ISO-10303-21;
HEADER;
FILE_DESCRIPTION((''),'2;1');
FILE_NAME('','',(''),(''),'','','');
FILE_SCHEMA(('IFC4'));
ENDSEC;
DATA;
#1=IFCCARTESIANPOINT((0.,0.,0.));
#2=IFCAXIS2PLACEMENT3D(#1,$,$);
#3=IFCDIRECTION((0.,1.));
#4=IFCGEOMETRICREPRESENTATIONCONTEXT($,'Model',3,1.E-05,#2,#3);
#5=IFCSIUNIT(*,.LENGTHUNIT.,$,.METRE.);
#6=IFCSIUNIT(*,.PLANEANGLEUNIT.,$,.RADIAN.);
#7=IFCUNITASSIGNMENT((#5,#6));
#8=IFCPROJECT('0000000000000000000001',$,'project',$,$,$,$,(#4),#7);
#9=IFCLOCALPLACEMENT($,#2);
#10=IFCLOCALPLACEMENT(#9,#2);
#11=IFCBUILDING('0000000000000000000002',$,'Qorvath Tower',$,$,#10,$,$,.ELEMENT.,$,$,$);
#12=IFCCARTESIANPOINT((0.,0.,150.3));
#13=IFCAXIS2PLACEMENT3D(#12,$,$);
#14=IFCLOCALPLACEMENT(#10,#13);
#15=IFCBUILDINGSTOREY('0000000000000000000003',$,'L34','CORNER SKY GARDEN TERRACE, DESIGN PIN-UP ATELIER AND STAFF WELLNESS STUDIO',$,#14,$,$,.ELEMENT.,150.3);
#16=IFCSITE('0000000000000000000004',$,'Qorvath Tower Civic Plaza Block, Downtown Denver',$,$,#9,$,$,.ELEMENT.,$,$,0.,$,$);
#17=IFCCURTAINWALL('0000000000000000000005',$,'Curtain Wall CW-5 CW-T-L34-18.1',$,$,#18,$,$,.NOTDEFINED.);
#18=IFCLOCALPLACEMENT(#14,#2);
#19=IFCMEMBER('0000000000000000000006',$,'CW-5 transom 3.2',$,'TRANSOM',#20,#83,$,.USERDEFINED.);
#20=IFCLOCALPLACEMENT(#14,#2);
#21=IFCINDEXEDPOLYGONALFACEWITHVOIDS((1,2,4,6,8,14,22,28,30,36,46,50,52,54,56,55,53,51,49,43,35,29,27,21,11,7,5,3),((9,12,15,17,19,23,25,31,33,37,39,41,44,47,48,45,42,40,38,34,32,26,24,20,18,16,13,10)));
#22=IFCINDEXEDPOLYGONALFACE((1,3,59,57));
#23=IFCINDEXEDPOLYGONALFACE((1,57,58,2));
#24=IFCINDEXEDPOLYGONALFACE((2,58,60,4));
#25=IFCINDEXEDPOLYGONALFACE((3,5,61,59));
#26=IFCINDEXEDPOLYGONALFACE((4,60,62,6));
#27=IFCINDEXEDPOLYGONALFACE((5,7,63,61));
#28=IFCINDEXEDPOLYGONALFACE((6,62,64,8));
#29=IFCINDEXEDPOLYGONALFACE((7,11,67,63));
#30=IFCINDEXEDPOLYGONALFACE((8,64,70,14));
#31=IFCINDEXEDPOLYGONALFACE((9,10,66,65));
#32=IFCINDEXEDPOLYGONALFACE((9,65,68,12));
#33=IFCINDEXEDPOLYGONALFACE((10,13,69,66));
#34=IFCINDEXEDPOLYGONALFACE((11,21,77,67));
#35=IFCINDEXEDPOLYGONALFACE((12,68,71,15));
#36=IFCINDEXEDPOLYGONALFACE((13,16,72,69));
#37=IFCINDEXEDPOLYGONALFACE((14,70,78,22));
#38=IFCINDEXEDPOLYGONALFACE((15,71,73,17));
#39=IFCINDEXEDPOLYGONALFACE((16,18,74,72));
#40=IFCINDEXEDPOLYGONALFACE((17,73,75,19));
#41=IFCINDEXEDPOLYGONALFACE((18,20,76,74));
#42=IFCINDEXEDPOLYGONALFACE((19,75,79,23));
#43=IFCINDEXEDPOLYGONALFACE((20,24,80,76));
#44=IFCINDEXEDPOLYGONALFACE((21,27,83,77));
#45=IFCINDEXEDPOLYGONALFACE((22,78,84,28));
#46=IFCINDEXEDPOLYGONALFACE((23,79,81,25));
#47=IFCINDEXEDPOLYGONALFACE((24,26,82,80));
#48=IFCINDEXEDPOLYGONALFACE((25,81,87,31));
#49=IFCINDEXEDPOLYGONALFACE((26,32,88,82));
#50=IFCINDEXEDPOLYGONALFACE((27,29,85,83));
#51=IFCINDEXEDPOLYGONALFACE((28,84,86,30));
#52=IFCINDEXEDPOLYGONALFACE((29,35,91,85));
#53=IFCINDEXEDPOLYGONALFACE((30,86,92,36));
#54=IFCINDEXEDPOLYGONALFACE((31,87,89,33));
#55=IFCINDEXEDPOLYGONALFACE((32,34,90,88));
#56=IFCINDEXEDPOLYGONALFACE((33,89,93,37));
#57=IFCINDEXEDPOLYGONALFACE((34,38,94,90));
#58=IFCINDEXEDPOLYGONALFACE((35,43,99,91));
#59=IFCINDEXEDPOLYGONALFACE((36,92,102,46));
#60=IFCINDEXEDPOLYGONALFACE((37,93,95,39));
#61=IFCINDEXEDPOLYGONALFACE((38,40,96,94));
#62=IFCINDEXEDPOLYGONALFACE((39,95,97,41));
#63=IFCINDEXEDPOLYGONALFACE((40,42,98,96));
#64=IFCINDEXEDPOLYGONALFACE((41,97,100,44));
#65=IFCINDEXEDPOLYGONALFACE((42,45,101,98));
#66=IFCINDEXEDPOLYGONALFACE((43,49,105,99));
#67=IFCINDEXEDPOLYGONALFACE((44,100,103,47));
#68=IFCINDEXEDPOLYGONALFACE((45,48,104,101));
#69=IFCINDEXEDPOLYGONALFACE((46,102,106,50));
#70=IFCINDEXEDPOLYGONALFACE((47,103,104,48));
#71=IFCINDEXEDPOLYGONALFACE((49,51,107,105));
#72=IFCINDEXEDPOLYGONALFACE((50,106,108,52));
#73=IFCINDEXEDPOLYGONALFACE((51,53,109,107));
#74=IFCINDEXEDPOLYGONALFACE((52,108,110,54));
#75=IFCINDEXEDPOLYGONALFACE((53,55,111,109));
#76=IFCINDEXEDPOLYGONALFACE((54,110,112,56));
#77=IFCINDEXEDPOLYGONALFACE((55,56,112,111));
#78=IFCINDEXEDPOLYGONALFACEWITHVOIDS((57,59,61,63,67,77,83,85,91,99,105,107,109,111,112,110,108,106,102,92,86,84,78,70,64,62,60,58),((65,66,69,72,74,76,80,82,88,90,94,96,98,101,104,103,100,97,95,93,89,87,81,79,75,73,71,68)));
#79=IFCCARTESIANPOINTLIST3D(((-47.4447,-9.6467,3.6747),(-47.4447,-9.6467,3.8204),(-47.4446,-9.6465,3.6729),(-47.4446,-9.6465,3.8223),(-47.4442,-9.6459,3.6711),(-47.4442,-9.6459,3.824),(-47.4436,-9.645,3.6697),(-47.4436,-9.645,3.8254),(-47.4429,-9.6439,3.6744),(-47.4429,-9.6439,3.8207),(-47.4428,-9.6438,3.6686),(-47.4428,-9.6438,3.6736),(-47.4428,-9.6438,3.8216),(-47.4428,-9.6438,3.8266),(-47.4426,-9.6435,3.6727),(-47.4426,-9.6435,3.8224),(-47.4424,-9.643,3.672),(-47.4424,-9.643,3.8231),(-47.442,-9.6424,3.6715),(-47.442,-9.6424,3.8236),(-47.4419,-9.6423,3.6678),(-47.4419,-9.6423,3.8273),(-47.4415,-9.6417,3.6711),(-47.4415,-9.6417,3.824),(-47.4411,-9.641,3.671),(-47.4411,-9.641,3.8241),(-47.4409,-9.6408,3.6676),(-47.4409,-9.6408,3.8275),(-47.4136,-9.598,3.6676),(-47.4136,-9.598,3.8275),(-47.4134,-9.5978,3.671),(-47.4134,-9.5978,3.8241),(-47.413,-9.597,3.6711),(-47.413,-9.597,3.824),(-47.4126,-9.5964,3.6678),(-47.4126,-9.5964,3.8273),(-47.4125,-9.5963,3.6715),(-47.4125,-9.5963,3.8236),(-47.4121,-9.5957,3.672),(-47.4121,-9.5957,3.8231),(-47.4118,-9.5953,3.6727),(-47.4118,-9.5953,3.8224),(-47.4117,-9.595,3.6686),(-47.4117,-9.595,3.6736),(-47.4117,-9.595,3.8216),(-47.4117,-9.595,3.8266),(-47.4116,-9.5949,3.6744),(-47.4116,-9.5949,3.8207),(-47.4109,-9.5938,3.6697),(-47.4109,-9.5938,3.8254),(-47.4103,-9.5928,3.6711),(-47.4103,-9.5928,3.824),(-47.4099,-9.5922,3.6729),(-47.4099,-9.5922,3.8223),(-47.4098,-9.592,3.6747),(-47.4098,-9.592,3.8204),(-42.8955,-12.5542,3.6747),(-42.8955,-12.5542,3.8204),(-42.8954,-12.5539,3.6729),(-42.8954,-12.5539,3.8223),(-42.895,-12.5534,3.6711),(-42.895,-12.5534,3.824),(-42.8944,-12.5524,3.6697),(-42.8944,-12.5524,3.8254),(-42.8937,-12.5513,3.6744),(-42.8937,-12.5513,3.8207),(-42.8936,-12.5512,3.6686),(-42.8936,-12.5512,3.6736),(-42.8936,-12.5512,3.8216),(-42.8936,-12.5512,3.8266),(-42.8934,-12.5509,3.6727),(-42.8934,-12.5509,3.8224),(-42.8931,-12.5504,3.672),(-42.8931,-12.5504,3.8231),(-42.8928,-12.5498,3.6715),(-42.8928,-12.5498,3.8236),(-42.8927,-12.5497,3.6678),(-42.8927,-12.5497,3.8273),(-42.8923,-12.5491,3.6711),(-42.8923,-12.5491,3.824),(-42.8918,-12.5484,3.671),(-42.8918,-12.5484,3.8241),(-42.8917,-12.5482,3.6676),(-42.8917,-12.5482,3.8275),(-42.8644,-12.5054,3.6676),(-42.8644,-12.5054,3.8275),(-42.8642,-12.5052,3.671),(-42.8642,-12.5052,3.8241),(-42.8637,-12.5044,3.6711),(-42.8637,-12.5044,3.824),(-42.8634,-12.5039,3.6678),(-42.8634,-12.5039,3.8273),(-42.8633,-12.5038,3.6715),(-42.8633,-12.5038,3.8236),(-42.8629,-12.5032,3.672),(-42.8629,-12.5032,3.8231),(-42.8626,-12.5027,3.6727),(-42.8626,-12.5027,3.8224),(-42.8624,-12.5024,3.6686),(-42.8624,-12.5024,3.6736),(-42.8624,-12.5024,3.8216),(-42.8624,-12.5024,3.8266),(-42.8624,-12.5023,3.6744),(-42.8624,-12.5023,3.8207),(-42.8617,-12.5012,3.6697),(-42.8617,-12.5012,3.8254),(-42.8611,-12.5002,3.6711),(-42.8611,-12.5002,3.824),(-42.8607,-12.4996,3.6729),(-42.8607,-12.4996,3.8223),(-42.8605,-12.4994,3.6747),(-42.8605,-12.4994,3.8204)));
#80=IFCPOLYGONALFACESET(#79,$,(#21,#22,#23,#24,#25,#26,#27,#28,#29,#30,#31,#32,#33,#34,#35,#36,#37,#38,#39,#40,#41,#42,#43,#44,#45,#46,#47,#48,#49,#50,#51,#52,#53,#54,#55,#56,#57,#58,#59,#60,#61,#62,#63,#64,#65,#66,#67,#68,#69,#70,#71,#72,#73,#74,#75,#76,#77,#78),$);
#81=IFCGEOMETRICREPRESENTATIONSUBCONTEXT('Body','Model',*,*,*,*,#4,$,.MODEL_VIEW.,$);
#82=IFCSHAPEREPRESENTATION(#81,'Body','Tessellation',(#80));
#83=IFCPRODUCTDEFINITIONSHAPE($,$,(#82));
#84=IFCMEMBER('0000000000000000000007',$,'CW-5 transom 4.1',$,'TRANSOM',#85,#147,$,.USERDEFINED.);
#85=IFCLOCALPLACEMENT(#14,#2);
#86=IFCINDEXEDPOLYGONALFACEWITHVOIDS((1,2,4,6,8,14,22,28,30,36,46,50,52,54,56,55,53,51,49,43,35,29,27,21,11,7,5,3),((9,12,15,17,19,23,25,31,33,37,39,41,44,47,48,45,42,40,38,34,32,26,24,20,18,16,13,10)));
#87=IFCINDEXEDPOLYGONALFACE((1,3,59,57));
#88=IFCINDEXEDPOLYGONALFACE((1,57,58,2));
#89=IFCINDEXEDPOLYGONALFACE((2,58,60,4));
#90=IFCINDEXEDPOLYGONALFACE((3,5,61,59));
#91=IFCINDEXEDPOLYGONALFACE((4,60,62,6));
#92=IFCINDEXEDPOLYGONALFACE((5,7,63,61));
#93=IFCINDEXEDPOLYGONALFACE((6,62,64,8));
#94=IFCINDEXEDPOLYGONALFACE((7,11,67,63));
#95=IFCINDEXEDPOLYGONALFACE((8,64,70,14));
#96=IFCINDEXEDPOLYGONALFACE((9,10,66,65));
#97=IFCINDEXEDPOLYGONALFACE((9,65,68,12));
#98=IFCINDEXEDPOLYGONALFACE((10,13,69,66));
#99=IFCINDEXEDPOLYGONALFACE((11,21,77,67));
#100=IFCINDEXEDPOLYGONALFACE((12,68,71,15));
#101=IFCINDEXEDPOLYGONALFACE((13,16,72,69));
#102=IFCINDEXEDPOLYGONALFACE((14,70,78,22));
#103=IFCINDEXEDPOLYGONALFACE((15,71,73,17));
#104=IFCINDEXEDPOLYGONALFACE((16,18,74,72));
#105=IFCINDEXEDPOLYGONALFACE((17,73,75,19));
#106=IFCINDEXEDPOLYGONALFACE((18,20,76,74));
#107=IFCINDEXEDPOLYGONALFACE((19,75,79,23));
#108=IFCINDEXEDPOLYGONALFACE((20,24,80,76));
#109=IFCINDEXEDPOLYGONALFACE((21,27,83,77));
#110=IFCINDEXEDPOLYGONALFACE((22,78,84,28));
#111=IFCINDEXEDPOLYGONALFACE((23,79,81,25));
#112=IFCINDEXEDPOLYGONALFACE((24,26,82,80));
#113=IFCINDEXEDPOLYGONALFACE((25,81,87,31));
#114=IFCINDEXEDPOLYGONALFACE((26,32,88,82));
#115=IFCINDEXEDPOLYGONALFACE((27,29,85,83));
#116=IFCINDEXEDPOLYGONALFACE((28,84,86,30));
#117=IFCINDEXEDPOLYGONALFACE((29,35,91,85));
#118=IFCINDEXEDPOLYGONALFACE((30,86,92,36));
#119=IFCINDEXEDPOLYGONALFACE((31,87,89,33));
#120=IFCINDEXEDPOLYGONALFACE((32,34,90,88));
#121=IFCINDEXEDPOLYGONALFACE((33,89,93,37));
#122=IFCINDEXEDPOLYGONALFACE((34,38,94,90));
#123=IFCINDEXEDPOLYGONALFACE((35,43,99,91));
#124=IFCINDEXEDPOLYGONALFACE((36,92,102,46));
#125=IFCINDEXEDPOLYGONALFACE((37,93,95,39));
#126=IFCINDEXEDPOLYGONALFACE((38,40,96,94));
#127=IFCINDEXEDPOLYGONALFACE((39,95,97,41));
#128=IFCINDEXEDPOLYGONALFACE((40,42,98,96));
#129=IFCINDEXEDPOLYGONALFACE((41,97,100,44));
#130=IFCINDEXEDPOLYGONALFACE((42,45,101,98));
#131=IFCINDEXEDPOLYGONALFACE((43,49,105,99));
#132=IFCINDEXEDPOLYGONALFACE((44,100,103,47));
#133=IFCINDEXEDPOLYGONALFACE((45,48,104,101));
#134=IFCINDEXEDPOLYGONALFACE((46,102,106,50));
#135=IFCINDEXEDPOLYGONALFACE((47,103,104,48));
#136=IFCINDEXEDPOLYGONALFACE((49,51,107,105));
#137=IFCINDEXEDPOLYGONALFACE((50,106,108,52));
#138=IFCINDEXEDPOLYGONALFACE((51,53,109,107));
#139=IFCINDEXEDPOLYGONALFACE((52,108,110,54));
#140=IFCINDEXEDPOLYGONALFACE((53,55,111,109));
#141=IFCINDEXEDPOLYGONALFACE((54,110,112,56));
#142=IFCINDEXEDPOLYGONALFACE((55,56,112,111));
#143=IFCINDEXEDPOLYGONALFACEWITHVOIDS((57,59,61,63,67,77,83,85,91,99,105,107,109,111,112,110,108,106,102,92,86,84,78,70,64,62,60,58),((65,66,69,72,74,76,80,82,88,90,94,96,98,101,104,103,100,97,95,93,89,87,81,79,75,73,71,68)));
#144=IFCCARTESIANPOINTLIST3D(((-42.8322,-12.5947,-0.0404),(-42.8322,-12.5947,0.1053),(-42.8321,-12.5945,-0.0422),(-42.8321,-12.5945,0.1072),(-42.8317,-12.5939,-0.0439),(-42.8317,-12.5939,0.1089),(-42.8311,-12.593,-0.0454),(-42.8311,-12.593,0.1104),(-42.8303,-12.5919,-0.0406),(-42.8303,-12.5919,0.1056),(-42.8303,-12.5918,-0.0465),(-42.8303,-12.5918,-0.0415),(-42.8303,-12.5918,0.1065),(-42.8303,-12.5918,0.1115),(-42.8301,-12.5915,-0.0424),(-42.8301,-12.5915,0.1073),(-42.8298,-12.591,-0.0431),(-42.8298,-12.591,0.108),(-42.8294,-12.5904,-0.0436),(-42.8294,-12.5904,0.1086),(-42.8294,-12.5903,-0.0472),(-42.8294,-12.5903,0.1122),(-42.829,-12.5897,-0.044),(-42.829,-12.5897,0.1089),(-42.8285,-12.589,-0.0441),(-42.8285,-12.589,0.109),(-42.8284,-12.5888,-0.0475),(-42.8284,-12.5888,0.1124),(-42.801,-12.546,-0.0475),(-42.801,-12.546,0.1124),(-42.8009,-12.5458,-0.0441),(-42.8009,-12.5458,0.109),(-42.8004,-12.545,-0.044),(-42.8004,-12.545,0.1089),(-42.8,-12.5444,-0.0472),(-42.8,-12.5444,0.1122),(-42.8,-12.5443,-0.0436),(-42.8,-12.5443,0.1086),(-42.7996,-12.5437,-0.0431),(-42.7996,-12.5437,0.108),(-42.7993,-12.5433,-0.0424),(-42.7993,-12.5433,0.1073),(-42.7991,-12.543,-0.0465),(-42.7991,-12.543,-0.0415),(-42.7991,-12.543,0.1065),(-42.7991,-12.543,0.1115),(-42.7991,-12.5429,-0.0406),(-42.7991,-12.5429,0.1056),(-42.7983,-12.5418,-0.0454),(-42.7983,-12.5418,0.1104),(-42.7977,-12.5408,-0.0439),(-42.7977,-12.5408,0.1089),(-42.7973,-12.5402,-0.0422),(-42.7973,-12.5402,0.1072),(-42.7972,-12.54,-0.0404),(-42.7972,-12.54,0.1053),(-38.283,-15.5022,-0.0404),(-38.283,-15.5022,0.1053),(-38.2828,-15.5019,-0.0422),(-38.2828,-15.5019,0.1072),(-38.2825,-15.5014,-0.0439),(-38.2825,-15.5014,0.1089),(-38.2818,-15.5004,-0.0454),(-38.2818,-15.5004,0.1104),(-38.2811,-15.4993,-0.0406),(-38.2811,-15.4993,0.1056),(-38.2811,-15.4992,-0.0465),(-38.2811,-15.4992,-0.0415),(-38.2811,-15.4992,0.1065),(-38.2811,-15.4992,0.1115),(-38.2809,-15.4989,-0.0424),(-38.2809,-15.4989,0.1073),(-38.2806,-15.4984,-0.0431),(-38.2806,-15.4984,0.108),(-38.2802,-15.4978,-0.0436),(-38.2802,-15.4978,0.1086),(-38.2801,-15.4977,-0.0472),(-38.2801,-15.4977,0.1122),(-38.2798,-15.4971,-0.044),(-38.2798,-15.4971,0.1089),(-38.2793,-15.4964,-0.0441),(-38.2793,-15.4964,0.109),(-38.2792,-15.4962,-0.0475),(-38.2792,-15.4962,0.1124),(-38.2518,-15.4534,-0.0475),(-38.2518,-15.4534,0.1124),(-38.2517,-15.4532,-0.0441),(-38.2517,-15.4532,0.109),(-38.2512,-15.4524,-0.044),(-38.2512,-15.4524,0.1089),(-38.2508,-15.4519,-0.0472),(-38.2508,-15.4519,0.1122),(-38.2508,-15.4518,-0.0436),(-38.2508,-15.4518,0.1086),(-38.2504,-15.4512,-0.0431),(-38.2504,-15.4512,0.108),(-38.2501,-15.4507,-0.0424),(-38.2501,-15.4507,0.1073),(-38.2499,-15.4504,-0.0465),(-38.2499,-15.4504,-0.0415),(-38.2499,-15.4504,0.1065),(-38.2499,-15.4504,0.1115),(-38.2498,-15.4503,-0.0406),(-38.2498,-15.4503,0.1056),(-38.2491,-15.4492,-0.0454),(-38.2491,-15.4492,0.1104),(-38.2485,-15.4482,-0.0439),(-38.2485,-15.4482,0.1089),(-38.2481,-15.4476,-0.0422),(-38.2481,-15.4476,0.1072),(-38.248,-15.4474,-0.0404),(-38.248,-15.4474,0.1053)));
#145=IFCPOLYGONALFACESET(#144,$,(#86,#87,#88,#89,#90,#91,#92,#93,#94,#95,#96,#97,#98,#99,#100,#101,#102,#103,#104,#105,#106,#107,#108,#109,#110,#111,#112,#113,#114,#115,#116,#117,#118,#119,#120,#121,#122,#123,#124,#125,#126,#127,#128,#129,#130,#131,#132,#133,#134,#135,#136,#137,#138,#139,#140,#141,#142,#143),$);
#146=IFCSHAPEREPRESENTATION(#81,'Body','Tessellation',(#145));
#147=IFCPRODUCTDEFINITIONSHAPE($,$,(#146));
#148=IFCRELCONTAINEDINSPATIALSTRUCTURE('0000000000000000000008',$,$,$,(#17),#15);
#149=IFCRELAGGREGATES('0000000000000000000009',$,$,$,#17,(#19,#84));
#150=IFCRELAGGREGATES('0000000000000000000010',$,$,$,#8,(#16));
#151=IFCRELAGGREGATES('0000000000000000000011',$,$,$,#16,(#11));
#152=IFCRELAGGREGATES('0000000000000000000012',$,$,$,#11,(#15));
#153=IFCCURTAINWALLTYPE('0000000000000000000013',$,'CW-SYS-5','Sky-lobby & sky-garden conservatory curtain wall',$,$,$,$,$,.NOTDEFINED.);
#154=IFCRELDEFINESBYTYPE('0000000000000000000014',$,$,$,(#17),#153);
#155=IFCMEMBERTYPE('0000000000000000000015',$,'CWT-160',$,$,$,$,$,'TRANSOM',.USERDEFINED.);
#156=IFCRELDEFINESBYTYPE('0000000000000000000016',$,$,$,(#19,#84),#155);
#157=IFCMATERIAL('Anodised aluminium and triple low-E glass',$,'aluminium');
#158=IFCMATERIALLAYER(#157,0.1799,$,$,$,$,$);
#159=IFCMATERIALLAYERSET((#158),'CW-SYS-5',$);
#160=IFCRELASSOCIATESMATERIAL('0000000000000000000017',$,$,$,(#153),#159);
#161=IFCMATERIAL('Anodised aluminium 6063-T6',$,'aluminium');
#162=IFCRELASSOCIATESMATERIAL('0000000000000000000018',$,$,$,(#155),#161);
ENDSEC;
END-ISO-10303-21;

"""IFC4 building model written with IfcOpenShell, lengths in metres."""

from ifc_helpers import new_model, si_unit, direction, frame, origin, origin_2d, place, context, subcontext, project, spatial, hollow_rectangle, extrude, material, layer, layer_set, material_profile, profile_set, type_object, element, aggregate, save


model = new_model("IFC4")

# Units and contexts
model_context = context("Model", 3, precision=1e-05, world=origin(), true_north=direction((0.0, 1.0)))
body_context = subcontext(model_context, "Body", "Model", "MODEL_VIEW")
ifc_project = project(units=[si_unit("LENGTHUNIT", "METRE"), si_unit("PLANEANGLEUNIT", "RADIAN")], contexts=[model_context])

# Site, building, storey
site_placement = place(None, origin())
site = spatial("IfcSite", under=ifc_project, at=site_placement, Name="Qorvath Tower Civic Plaza Block, Downtown Denver", CompositionType="ELEMENT", RefElevation=0.0)
building_placement = place(site_placement, origin())
building = spatial("IfcBuilding", under=site, at=building_placement, Name="Qorvath Tower", CompositionType="ELEMENT")
storey_placement = place(building_placement, frame((0.0, 0.0, 150.3)))
storey = spatial("IfcBuildingStorey", under=building, at=storey_placement, Name="L34", Description="CORNER SKY GARDEN TERRACE, DESIGN PIN-UP ATELIER AND STAFF WELLNESS STUDIO", CompositionType="ELEMENT", Elevation=150.3)

# Shared definitions
ifc_material_1 = material(Name="Anodised aluminium and triple low-E glass", Category="aluminium")
ifc_layer_1 = layer(ifc_material_1, 0.1799)
ifc_layer_set_1 = layer_set([ifc_layer_1], Name="CW-SYS-5")
curtain_wall_type = type_object("IfcCurtainWallType", Name="CW-SYS-5", Description="Sky-lobby & sky-garden conservatory curtain wall", PredefinedType="NOTDEFINED", material=ifc_layer_set_1)

# Curtain wall, members
curtain_wall_1_placement = place(storey_placement, origin())
curtain_wall_1 = element("IfcCurtainWall", 1, at=curtain_wall_1_placement, inside=storey, type_object=curtain_wall_type, Name="Curtain Wall CW-5 CW-T-L34-18.1", PredefinedType="NOTDEFINED")
ifc_material_2 = material(Name="Anodised aluminium 6063-T6", Category="aluminium")
ifc_material_profile_1 = material_profile(ifc_material_2, hollow_rectangle(XDim=0.0649, YDim=0.1599, WallThickness=0.0034, InnerFilletRadius=0.0034, OuterFilletRadius=0.0071, at=origin_2d()), Name="CWT 160x65")
ifc_profile_set_1 = profile_set([ifc_material_profile_1], Name="Anodised aluminium 6063-T6")
member_type_1 = type_object("IfcMemberType", Name="CWT-160", ElementType="TRANSOM", PredefinedType="USERDEFINED", material=ifc_profile_set_1)
member_1_placement = place(storey_placement, frame((-47.4272, -9.6194, 3.7476), z_axis=(0.842615, -0.538516, 0.0), x_axis=(0.538516, 0.842615, 0.0)))
member_1 = element("IfcMember", 2, at=member_1_placement, type_object=member_type_1, Name="CW-5 transom 3.2", ObjectType="TRANSOM", PredefinedType="USERDEFINED", context=body_context, shape_type="SweptSolid", body=[
    extrude(hollow_rectangle(XDim=0.0649, YDim=0.1599, WallThickness=0.0034, InnerFilletRadius=0.0034, OuterFilletRadius=0.0071, at=origin_2d()), origin(), (0.0, 0.0, 1.0), 5.3989),
])
member_2_placement = place(storey_placement, frame((-42.8147, -12.5674, 0.0325), z_axis=(0.842615, -0.538516, 0.0), x_axis=(0.538516, 0.842615, 0.0)))
member_2 = element("IfcMember", 3, at=member_2_placement, type_object=member_type_1, Name="CW-5 transom 4.1", ObjectType="TRANSOM", PredefinedType="USERDEFINED", context=body_context, shape_type="SweptSolid", body=[
    extrude(hollow_rectangle(XDim=0.0649, YDim=0.1599, WallThickness=0.0034, InnerFilletRadius=0.0034, OuterFilletRadius=0.0071, at=origin_2d()), origin(), (0.0, 0.0, 1.0), 5.3989),
])

aggregate(curtain_wall_1, [member_1, member_2])

save(model, "model.ifc")
